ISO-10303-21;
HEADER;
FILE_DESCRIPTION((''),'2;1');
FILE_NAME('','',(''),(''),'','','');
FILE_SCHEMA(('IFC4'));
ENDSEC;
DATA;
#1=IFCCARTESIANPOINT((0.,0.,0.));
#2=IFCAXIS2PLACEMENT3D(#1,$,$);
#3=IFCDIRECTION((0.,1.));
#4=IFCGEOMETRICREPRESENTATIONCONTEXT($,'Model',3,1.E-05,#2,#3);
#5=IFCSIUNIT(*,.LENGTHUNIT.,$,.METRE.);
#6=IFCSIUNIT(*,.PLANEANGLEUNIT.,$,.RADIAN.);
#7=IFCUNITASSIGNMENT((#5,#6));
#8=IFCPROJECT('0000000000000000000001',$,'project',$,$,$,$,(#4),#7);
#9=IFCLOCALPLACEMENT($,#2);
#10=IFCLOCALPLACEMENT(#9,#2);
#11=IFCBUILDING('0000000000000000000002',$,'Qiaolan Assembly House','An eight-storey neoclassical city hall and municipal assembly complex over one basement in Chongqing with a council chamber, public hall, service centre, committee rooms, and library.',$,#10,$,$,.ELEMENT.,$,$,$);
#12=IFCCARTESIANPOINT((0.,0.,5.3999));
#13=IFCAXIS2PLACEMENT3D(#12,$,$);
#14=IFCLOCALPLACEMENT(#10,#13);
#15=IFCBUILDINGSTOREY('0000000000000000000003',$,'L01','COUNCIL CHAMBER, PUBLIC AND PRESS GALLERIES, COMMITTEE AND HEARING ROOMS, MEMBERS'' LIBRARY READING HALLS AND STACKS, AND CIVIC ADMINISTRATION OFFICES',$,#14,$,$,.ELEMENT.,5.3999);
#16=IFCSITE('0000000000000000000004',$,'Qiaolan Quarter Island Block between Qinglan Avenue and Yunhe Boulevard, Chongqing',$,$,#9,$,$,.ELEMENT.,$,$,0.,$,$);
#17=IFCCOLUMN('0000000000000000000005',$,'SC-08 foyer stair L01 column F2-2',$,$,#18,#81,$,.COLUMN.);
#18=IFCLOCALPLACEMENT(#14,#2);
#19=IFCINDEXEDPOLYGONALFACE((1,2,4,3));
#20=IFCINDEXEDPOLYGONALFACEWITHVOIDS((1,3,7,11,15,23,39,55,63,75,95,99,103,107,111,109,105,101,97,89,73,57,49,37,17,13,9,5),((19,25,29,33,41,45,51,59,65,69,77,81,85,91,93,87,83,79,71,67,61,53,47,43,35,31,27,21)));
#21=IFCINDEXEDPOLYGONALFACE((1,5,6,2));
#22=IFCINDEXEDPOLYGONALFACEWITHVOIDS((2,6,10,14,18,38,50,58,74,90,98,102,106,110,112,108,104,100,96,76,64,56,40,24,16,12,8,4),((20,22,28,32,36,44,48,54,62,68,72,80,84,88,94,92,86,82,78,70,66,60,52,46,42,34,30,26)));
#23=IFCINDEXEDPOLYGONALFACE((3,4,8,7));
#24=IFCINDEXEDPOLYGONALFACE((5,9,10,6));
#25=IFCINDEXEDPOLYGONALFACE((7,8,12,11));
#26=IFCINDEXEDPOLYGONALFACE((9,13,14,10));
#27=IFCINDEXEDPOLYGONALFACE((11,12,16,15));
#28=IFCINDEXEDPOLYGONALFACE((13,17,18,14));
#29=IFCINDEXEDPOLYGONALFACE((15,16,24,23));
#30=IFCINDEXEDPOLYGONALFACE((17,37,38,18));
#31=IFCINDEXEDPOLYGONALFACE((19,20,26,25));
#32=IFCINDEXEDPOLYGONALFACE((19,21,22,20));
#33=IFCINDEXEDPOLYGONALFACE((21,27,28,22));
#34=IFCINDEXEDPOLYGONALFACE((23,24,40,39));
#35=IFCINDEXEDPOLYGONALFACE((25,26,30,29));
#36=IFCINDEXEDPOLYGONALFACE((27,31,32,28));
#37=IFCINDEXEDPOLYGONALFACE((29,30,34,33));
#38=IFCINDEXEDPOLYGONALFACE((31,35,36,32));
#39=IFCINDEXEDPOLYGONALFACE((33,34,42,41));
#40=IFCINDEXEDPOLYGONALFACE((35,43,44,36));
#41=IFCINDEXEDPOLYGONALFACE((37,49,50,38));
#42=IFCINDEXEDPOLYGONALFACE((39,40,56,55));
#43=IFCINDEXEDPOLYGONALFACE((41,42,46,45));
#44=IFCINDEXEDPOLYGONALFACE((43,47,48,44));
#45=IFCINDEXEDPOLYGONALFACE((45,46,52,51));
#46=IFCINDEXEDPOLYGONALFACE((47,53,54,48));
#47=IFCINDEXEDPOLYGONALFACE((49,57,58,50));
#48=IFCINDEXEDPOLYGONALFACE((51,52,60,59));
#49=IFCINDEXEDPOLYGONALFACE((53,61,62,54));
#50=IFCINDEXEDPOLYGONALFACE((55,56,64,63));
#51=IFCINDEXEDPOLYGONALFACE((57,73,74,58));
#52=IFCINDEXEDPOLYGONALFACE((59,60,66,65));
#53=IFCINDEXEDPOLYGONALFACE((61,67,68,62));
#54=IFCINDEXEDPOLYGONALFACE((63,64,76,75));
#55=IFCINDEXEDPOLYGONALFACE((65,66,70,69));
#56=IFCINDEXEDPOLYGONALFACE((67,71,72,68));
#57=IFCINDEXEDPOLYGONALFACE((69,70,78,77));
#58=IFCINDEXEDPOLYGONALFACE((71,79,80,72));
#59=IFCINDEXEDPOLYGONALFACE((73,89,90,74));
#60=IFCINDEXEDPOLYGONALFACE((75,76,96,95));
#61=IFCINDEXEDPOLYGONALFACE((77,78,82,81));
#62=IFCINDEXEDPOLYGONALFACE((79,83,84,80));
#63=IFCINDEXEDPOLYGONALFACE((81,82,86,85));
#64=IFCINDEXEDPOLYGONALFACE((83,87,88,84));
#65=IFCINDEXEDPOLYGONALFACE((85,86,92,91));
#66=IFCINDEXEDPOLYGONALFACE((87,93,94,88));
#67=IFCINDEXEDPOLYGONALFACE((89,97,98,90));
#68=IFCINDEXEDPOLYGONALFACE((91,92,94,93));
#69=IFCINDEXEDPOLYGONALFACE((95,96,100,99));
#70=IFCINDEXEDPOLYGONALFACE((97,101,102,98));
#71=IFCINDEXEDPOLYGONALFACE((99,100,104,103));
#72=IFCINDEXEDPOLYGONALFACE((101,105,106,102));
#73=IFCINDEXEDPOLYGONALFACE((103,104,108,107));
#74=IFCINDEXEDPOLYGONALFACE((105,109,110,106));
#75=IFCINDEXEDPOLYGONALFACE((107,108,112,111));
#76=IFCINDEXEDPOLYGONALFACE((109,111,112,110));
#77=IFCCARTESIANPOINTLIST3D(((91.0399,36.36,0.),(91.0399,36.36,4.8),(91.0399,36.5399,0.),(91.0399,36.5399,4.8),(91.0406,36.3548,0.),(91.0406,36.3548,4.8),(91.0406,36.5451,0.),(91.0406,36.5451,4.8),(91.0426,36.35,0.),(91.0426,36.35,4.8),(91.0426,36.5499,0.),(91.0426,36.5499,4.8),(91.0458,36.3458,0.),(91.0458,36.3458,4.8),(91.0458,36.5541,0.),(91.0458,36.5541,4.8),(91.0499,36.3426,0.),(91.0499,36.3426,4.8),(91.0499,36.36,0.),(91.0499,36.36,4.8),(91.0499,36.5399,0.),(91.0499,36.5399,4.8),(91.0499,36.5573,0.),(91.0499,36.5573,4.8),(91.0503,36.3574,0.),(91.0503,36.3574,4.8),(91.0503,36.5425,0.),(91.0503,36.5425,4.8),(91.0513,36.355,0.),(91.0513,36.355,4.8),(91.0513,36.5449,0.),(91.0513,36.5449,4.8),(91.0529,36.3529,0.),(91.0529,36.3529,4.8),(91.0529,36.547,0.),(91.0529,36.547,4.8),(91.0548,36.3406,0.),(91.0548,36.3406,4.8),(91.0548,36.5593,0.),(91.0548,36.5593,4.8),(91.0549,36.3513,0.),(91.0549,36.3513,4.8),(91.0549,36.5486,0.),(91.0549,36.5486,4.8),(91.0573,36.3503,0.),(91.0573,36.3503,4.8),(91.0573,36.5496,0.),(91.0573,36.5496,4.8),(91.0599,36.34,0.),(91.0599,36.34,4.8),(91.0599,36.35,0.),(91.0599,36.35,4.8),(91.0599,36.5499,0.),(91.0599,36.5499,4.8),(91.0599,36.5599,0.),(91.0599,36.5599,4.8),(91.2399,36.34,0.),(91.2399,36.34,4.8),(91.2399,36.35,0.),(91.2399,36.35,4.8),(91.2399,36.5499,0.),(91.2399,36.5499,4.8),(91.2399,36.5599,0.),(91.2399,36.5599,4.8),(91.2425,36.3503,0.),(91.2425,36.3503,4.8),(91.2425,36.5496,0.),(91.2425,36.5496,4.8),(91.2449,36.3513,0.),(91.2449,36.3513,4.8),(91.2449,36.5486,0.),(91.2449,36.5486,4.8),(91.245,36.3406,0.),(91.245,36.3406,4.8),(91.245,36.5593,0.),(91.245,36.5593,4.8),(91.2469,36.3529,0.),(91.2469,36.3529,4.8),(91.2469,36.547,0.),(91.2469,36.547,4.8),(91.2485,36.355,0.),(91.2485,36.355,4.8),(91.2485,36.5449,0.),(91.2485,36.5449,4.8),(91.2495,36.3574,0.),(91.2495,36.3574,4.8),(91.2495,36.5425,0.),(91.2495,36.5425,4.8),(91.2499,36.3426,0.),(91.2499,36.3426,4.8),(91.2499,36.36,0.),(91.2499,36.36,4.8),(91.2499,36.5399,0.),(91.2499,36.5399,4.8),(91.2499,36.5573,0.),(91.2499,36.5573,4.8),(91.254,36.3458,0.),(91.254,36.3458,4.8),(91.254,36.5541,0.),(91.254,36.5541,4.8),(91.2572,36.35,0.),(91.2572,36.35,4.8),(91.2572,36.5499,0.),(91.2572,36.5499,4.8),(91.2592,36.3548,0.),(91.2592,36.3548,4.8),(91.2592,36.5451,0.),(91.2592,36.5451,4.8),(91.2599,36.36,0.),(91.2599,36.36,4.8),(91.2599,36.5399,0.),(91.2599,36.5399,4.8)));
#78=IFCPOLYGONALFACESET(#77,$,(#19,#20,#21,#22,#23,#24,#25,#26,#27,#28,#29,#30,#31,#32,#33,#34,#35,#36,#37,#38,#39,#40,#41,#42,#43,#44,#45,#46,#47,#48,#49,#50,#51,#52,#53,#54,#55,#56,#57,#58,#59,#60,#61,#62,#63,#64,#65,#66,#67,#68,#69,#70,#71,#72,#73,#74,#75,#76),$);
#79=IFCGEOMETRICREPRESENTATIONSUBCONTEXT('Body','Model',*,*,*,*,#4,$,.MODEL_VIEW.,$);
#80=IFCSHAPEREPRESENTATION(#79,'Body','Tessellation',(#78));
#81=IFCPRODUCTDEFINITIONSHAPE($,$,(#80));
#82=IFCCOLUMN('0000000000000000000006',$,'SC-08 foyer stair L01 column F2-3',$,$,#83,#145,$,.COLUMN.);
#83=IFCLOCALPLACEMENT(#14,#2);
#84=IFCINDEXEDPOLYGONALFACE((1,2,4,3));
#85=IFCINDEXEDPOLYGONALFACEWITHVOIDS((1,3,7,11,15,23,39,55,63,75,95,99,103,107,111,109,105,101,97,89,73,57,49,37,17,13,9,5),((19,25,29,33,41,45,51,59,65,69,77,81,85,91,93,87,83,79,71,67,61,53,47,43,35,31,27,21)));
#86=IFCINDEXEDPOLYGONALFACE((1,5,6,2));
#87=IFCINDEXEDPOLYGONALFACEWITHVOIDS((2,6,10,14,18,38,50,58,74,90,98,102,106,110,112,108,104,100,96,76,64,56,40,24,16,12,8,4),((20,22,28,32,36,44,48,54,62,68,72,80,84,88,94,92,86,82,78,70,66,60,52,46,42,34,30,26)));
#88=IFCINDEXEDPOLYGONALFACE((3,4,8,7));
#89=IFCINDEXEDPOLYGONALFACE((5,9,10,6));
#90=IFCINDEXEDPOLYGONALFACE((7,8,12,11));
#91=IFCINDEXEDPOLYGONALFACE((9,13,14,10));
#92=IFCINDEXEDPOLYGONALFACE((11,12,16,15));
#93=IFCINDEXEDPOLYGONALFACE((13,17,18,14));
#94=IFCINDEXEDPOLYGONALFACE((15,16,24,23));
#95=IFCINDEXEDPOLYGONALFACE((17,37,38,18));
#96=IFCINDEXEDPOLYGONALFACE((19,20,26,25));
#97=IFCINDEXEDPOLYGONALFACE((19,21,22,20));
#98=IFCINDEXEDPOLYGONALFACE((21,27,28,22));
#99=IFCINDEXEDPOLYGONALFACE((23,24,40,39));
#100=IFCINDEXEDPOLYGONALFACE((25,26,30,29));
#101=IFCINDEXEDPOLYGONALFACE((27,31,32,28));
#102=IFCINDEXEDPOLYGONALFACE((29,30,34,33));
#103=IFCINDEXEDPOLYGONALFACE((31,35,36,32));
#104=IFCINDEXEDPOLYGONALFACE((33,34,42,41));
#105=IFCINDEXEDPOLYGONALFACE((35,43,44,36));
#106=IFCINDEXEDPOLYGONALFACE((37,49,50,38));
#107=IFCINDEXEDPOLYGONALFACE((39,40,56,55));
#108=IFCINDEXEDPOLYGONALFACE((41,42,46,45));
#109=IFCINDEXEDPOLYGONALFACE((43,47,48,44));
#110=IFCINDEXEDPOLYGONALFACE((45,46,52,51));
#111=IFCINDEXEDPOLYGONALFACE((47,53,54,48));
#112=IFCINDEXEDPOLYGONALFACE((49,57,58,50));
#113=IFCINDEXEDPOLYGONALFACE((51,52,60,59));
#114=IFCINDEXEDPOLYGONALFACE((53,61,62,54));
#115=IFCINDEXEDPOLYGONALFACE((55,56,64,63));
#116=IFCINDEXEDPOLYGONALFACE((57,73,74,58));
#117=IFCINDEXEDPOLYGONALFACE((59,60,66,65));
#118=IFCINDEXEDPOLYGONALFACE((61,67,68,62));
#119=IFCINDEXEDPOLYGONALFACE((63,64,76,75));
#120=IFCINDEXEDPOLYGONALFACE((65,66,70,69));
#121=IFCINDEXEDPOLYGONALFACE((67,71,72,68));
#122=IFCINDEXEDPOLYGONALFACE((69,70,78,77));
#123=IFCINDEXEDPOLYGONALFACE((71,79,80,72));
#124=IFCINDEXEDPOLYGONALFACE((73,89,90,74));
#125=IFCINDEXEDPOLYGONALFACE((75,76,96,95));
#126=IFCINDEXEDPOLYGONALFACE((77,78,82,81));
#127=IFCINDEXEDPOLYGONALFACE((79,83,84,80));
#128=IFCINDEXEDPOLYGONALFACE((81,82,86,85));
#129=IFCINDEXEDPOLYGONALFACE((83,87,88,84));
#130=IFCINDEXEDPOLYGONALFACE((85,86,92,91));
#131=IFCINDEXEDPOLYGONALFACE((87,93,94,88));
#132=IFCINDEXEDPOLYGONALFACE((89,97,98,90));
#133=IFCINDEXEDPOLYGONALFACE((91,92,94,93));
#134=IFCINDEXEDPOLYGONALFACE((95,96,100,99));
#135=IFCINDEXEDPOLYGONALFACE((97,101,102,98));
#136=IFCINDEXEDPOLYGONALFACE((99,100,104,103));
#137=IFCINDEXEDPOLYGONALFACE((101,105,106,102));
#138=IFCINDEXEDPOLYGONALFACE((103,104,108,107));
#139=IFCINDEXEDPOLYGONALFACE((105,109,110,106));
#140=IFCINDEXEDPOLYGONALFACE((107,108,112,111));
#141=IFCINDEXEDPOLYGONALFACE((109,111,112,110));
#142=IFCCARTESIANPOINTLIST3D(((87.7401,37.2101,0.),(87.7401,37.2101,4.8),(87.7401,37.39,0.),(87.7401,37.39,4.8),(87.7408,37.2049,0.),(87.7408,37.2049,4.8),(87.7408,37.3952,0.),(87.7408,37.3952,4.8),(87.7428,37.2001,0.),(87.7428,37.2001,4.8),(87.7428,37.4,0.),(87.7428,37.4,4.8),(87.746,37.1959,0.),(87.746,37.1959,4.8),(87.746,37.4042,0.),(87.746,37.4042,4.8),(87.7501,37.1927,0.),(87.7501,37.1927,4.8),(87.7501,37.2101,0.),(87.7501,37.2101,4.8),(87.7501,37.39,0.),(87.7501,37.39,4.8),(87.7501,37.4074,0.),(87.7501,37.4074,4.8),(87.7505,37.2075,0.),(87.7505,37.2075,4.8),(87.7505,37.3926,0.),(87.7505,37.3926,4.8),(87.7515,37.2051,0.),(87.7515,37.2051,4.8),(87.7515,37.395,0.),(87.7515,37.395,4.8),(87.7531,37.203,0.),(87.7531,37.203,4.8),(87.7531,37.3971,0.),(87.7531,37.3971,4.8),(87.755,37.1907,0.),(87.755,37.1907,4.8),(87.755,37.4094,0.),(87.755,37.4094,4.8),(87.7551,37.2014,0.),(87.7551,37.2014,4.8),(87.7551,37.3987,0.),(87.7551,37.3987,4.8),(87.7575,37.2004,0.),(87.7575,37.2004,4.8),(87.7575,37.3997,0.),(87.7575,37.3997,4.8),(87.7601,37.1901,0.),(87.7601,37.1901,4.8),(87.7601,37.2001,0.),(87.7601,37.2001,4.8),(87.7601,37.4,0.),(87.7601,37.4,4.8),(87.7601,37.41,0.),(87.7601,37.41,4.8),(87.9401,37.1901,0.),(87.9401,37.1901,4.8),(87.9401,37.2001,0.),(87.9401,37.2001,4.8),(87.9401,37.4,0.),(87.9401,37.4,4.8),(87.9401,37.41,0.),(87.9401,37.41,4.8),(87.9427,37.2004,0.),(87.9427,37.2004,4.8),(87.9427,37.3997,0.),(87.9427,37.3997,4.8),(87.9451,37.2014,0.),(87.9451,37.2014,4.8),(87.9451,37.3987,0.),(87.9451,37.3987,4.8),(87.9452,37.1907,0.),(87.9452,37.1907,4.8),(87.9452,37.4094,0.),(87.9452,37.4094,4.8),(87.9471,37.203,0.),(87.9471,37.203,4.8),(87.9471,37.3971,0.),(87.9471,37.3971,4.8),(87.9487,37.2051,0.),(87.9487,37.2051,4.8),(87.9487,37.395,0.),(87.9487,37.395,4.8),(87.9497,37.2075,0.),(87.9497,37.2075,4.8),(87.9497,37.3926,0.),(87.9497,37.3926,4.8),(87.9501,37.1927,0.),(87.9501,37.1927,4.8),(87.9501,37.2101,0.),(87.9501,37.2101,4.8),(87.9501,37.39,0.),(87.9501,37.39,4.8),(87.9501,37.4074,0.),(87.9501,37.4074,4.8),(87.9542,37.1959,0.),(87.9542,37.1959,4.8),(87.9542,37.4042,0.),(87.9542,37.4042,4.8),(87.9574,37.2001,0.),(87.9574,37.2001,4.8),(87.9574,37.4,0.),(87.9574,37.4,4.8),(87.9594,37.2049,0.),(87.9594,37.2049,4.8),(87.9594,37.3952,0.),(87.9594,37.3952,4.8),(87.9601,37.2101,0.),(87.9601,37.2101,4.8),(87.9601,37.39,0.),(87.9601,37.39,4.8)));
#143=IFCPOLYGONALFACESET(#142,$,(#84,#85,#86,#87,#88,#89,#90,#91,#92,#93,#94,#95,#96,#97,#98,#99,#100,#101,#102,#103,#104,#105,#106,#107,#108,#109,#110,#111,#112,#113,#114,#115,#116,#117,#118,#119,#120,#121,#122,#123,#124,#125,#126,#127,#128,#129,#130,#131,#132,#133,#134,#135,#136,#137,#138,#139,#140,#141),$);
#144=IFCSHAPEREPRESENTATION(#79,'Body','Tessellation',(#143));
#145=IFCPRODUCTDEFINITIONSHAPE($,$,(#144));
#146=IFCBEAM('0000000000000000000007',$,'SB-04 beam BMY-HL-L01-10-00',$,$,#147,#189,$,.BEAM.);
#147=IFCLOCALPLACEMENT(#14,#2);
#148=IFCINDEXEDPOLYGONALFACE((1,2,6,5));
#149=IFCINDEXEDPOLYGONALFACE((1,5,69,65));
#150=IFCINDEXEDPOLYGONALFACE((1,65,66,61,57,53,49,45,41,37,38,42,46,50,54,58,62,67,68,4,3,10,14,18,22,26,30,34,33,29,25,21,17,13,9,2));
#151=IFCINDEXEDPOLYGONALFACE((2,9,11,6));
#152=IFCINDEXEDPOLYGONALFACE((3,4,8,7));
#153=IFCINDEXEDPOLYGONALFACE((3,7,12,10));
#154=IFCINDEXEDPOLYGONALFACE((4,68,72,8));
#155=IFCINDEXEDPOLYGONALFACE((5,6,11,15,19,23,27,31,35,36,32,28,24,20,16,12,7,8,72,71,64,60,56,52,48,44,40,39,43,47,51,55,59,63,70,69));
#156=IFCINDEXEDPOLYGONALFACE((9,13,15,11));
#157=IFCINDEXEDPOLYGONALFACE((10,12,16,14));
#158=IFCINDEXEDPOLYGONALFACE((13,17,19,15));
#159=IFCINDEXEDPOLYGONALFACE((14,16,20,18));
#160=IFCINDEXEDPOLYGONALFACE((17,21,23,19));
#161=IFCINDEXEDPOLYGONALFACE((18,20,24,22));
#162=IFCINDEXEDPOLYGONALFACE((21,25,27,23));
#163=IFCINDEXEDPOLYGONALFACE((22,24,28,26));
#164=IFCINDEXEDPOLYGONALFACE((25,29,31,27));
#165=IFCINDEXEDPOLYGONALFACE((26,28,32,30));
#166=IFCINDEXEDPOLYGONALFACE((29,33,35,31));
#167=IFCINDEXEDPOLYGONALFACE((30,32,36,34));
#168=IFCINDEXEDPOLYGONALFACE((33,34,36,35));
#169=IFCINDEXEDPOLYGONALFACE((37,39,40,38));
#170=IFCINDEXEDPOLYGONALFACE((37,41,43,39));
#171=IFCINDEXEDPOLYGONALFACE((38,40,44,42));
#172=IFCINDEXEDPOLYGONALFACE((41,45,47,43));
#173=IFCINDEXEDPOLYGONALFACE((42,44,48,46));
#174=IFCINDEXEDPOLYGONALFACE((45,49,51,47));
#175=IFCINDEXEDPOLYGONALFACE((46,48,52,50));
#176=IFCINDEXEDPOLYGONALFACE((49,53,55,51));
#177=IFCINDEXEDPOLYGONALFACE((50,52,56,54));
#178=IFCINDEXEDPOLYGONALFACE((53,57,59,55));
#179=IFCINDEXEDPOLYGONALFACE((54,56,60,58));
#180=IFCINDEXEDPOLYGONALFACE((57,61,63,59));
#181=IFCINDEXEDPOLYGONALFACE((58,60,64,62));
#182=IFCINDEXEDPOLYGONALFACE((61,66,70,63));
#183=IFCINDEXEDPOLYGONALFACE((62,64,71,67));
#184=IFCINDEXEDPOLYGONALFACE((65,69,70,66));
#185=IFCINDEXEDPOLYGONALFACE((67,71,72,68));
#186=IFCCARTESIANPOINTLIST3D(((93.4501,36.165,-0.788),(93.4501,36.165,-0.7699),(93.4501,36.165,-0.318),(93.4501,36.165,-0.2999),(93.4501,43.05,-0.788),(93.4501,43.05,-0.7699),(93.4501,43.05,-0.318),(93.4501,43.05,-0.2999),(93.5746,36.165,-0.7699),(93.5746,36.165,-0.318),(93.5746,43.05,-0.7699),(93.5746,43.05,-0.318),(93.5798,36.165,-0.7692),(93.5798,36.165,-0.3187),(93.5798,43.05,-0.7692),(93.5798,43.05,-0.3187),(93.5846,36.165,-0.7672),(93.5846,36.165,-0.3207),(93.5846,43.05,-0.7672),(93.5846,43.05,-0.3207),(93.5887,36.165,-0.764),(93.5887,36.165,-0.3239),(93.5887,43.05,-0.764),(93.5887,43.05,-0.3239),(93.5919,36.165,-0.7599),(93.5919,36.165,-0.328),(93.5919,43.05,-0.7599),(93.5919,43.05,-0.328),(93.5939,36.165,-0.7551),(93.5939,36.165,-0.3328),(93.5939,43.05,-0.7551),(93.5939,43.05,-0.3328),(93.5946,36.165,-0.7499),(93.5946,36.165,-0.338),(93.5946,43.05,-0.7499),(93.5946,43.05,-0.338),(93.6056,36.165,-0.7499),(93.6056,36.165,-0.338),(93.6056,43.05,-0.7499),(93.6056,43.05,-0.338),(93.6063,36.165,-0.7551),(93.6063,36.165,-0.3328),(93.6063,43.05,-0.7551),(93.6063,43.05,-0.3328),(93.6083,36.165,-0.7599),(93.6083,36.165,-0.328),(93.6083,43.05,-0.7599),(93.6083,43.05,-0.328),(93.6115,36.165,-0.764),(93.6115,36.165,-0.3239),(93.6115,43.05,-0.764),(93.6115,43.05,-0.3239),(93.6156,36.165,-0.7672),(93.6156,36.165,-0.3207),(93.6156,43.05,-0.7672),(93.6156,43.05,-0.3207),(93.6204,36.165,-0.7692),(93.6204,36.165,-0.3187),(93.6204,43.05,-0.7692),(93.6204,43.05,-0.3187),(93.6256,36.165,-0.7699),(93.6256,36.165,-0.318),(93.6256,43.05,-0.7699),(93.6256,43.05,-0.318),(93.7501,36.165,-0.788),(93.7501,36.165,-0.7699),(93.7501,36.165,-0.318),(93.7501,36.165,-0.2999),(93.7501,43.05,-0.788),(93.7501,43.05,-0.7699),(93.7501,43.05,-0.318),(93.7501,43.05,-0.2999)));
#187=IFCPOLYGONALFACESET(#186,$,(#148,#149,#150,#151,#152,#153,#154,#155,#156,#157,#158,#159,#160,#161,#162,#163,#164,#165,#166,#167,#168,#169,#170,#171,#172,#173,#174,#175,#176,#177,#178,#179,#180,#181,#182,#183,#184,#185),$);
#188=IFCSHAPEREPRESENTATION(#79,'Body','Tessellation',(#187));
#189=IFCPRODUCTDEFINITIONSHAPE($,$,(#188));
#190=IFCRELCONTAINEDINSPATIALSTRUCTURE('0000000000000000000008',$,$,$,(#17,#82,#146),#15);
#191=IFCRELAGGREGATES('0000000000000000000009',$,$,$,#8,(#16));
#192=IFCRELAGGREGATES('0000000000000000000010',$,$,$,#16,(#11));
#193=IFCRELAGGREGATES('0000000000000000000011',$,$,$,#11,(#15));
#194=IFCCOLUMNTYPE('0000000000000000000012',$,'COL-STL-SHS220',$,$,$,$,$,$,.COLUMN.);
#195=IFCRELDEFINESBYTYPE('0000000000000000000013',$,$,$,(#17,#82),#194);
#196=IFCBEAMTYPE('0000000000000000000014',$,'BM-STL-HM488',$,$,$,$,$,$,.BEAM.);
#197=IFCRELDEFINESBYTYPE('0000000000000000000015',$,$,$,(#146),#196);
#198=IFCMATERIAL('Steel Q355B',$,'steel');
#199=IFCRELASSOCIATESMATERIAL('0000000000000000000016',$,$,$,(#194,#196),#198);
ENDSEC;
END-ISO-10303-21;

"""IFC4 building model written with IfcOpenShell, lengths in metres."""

from ifc_helpers import new_model, si_unit, direction, frame, origin, origin_2d, place, context, subcontext, project, spatial, hollow_rectangle, i_section, extrude, material, material_profile, profile_set, type_object, element, save


model = new_model("IFC4")

# Units and contexts
model_context = context("Model", 3, precision=1e-05, world=origin(), true_north=direction((0.0, 1.0)))
body_context = subcontext(model_context, "Body", "Model", "MODEL_VIEW")
ifc_project = project(units=[si_unit("LENGTHUNIT", "METRE"), si_unit("PLANEANGLEUNIT", "RADIAN")], contexts=[model_context])

# Site, building, storey
site_placement = place(None, origin())
site = spatial("IfcSite", under=ifc_project, at=site_placement, Name="Qiaolan Quarter Island Block between Qinglan Avenue and Yunhe Boulevard, Chongqing", CompositionType="ELEMENT", RefElevation=0.0)
building_placement = place(site_placement, origin())
building = spatial("IfcBuilding", under=site, at=building_placement, Name="Qiaolan Assembly House", Description="An eight-storey neoclassical city hall and municipal assembly complex over one basement in Chongqing with a council chamber, public hall, service centre, committee rooms, and library.", CompositionType="ELEMENT")
storey_placement = place(building_placement, frame((0.0, 0.0, 5.3999)))
storey = spatial("IfcBuildingStorey", under=building, at=storey_placement, Name="L01", Description="COUNCIL CHAMBER, PUBLIC AND PRESS GALLERIES, COMMITTEE AND HEARING ROOMS, MEMBERS' LIBRARY READING HALLS AND STACKS, AND CIVIC ADMINISTRATION OFFICES", CompositionType="ELEMENT", Elevation=5.3999)

# Columns
ifc_material_1 = material(Name="Steel Q355B", Category="steel")
ifc_material_profile_1 = material_profile(ifc_material_1, hollow_rectangle(XDim=0.22, YDim=0.22, WallThickness=0.01, InnerFilletRadius=0.01, OuterFilletRadius=0.02, at=origin_2d()), Name="SHS 220x220x10")
ifc_profile_set_1 = profile_set([ifc_material_profile_1], Name="Steel Q355B")
column_type = type_object("IfcColumnType", Name="COL-STL-SHS220", PredefinedType="COLUMN", material=ifc_profile_set_1)
for number, where, z_axis, x_axis, name in (
    (1, (91.1499, 36.45, 0.0), (0.0, 0.0, 1.0), (1.0, 0.0, 0.0), "SC-08 foyer stair L01 column F2-2"),
    (2, (87.8501, 37.3, 0.0), (0.0, 0.0, 1.0), (1.0, 0.0, 0.0), "SC-08 foyer stair L01 column F2-3"),
):
    element("IfcColumn", number, at=place(storey_placement, frame(where, z_axis=z_axis, x_axis=x_axis)), inside=storey, type_object=column_type, Name=name, PredefinedType="COLUMN", context=body_context, shape_type="SweptSolid", body=[
        extrude(hollow_rectangle(XDim=0.22, YDim=0.22, WallThickness=0.01, InnerFilletRadius=0.01, OuterFilletRadius=0.02, at=origin_2d()), origin(), (0.0, 0.0, 1.0), 4.8),
    ])

# Beam
ifc_material_profile_2 = material_profile(ifc_material_1, i_section(OverallWidth=0.3, OverallDepth=0.488, WebThickness=0.011, FlangeThickness=0.0181, FilletRadius=0.02, at=origin_2d()), Name="HM 488x300x11x18")
ifc_profile_set_2 = profile_set([ifc_material_profile_2], Name="Steel Q355B")
beam_type_1 = type_object("IfcBeamType", Name="BM-STL-HM488", PredefinedType="BEAM", material=ifc_profile_set_2)
beam_placement = place(storey_placement, frame((93.6001, 36.165, -0.5439), z_axis=(0.0, 1.0, 0.0), x_axis=(-1.0, 0.0, 0.0)))
element("IfcBeam", 3, at=beam_placement, inside=storey, type_object=beam_type_1, Name="SB-04 beam BMY-HL-L01-10-00", PredefinedType="BEAM", context=body_context, shape_type="SweptSolid", body=[
    extrude(i_section(OverallWidth=0.3, OverallDepth=0.488, WebThickness=0.011, FlangeThickness=0.0181, FilletRadius=0.02, at=origin_2d()), origin(), (0.0, 0.0, 1.0), 6.885),
])

save(model, "model.ifc")
